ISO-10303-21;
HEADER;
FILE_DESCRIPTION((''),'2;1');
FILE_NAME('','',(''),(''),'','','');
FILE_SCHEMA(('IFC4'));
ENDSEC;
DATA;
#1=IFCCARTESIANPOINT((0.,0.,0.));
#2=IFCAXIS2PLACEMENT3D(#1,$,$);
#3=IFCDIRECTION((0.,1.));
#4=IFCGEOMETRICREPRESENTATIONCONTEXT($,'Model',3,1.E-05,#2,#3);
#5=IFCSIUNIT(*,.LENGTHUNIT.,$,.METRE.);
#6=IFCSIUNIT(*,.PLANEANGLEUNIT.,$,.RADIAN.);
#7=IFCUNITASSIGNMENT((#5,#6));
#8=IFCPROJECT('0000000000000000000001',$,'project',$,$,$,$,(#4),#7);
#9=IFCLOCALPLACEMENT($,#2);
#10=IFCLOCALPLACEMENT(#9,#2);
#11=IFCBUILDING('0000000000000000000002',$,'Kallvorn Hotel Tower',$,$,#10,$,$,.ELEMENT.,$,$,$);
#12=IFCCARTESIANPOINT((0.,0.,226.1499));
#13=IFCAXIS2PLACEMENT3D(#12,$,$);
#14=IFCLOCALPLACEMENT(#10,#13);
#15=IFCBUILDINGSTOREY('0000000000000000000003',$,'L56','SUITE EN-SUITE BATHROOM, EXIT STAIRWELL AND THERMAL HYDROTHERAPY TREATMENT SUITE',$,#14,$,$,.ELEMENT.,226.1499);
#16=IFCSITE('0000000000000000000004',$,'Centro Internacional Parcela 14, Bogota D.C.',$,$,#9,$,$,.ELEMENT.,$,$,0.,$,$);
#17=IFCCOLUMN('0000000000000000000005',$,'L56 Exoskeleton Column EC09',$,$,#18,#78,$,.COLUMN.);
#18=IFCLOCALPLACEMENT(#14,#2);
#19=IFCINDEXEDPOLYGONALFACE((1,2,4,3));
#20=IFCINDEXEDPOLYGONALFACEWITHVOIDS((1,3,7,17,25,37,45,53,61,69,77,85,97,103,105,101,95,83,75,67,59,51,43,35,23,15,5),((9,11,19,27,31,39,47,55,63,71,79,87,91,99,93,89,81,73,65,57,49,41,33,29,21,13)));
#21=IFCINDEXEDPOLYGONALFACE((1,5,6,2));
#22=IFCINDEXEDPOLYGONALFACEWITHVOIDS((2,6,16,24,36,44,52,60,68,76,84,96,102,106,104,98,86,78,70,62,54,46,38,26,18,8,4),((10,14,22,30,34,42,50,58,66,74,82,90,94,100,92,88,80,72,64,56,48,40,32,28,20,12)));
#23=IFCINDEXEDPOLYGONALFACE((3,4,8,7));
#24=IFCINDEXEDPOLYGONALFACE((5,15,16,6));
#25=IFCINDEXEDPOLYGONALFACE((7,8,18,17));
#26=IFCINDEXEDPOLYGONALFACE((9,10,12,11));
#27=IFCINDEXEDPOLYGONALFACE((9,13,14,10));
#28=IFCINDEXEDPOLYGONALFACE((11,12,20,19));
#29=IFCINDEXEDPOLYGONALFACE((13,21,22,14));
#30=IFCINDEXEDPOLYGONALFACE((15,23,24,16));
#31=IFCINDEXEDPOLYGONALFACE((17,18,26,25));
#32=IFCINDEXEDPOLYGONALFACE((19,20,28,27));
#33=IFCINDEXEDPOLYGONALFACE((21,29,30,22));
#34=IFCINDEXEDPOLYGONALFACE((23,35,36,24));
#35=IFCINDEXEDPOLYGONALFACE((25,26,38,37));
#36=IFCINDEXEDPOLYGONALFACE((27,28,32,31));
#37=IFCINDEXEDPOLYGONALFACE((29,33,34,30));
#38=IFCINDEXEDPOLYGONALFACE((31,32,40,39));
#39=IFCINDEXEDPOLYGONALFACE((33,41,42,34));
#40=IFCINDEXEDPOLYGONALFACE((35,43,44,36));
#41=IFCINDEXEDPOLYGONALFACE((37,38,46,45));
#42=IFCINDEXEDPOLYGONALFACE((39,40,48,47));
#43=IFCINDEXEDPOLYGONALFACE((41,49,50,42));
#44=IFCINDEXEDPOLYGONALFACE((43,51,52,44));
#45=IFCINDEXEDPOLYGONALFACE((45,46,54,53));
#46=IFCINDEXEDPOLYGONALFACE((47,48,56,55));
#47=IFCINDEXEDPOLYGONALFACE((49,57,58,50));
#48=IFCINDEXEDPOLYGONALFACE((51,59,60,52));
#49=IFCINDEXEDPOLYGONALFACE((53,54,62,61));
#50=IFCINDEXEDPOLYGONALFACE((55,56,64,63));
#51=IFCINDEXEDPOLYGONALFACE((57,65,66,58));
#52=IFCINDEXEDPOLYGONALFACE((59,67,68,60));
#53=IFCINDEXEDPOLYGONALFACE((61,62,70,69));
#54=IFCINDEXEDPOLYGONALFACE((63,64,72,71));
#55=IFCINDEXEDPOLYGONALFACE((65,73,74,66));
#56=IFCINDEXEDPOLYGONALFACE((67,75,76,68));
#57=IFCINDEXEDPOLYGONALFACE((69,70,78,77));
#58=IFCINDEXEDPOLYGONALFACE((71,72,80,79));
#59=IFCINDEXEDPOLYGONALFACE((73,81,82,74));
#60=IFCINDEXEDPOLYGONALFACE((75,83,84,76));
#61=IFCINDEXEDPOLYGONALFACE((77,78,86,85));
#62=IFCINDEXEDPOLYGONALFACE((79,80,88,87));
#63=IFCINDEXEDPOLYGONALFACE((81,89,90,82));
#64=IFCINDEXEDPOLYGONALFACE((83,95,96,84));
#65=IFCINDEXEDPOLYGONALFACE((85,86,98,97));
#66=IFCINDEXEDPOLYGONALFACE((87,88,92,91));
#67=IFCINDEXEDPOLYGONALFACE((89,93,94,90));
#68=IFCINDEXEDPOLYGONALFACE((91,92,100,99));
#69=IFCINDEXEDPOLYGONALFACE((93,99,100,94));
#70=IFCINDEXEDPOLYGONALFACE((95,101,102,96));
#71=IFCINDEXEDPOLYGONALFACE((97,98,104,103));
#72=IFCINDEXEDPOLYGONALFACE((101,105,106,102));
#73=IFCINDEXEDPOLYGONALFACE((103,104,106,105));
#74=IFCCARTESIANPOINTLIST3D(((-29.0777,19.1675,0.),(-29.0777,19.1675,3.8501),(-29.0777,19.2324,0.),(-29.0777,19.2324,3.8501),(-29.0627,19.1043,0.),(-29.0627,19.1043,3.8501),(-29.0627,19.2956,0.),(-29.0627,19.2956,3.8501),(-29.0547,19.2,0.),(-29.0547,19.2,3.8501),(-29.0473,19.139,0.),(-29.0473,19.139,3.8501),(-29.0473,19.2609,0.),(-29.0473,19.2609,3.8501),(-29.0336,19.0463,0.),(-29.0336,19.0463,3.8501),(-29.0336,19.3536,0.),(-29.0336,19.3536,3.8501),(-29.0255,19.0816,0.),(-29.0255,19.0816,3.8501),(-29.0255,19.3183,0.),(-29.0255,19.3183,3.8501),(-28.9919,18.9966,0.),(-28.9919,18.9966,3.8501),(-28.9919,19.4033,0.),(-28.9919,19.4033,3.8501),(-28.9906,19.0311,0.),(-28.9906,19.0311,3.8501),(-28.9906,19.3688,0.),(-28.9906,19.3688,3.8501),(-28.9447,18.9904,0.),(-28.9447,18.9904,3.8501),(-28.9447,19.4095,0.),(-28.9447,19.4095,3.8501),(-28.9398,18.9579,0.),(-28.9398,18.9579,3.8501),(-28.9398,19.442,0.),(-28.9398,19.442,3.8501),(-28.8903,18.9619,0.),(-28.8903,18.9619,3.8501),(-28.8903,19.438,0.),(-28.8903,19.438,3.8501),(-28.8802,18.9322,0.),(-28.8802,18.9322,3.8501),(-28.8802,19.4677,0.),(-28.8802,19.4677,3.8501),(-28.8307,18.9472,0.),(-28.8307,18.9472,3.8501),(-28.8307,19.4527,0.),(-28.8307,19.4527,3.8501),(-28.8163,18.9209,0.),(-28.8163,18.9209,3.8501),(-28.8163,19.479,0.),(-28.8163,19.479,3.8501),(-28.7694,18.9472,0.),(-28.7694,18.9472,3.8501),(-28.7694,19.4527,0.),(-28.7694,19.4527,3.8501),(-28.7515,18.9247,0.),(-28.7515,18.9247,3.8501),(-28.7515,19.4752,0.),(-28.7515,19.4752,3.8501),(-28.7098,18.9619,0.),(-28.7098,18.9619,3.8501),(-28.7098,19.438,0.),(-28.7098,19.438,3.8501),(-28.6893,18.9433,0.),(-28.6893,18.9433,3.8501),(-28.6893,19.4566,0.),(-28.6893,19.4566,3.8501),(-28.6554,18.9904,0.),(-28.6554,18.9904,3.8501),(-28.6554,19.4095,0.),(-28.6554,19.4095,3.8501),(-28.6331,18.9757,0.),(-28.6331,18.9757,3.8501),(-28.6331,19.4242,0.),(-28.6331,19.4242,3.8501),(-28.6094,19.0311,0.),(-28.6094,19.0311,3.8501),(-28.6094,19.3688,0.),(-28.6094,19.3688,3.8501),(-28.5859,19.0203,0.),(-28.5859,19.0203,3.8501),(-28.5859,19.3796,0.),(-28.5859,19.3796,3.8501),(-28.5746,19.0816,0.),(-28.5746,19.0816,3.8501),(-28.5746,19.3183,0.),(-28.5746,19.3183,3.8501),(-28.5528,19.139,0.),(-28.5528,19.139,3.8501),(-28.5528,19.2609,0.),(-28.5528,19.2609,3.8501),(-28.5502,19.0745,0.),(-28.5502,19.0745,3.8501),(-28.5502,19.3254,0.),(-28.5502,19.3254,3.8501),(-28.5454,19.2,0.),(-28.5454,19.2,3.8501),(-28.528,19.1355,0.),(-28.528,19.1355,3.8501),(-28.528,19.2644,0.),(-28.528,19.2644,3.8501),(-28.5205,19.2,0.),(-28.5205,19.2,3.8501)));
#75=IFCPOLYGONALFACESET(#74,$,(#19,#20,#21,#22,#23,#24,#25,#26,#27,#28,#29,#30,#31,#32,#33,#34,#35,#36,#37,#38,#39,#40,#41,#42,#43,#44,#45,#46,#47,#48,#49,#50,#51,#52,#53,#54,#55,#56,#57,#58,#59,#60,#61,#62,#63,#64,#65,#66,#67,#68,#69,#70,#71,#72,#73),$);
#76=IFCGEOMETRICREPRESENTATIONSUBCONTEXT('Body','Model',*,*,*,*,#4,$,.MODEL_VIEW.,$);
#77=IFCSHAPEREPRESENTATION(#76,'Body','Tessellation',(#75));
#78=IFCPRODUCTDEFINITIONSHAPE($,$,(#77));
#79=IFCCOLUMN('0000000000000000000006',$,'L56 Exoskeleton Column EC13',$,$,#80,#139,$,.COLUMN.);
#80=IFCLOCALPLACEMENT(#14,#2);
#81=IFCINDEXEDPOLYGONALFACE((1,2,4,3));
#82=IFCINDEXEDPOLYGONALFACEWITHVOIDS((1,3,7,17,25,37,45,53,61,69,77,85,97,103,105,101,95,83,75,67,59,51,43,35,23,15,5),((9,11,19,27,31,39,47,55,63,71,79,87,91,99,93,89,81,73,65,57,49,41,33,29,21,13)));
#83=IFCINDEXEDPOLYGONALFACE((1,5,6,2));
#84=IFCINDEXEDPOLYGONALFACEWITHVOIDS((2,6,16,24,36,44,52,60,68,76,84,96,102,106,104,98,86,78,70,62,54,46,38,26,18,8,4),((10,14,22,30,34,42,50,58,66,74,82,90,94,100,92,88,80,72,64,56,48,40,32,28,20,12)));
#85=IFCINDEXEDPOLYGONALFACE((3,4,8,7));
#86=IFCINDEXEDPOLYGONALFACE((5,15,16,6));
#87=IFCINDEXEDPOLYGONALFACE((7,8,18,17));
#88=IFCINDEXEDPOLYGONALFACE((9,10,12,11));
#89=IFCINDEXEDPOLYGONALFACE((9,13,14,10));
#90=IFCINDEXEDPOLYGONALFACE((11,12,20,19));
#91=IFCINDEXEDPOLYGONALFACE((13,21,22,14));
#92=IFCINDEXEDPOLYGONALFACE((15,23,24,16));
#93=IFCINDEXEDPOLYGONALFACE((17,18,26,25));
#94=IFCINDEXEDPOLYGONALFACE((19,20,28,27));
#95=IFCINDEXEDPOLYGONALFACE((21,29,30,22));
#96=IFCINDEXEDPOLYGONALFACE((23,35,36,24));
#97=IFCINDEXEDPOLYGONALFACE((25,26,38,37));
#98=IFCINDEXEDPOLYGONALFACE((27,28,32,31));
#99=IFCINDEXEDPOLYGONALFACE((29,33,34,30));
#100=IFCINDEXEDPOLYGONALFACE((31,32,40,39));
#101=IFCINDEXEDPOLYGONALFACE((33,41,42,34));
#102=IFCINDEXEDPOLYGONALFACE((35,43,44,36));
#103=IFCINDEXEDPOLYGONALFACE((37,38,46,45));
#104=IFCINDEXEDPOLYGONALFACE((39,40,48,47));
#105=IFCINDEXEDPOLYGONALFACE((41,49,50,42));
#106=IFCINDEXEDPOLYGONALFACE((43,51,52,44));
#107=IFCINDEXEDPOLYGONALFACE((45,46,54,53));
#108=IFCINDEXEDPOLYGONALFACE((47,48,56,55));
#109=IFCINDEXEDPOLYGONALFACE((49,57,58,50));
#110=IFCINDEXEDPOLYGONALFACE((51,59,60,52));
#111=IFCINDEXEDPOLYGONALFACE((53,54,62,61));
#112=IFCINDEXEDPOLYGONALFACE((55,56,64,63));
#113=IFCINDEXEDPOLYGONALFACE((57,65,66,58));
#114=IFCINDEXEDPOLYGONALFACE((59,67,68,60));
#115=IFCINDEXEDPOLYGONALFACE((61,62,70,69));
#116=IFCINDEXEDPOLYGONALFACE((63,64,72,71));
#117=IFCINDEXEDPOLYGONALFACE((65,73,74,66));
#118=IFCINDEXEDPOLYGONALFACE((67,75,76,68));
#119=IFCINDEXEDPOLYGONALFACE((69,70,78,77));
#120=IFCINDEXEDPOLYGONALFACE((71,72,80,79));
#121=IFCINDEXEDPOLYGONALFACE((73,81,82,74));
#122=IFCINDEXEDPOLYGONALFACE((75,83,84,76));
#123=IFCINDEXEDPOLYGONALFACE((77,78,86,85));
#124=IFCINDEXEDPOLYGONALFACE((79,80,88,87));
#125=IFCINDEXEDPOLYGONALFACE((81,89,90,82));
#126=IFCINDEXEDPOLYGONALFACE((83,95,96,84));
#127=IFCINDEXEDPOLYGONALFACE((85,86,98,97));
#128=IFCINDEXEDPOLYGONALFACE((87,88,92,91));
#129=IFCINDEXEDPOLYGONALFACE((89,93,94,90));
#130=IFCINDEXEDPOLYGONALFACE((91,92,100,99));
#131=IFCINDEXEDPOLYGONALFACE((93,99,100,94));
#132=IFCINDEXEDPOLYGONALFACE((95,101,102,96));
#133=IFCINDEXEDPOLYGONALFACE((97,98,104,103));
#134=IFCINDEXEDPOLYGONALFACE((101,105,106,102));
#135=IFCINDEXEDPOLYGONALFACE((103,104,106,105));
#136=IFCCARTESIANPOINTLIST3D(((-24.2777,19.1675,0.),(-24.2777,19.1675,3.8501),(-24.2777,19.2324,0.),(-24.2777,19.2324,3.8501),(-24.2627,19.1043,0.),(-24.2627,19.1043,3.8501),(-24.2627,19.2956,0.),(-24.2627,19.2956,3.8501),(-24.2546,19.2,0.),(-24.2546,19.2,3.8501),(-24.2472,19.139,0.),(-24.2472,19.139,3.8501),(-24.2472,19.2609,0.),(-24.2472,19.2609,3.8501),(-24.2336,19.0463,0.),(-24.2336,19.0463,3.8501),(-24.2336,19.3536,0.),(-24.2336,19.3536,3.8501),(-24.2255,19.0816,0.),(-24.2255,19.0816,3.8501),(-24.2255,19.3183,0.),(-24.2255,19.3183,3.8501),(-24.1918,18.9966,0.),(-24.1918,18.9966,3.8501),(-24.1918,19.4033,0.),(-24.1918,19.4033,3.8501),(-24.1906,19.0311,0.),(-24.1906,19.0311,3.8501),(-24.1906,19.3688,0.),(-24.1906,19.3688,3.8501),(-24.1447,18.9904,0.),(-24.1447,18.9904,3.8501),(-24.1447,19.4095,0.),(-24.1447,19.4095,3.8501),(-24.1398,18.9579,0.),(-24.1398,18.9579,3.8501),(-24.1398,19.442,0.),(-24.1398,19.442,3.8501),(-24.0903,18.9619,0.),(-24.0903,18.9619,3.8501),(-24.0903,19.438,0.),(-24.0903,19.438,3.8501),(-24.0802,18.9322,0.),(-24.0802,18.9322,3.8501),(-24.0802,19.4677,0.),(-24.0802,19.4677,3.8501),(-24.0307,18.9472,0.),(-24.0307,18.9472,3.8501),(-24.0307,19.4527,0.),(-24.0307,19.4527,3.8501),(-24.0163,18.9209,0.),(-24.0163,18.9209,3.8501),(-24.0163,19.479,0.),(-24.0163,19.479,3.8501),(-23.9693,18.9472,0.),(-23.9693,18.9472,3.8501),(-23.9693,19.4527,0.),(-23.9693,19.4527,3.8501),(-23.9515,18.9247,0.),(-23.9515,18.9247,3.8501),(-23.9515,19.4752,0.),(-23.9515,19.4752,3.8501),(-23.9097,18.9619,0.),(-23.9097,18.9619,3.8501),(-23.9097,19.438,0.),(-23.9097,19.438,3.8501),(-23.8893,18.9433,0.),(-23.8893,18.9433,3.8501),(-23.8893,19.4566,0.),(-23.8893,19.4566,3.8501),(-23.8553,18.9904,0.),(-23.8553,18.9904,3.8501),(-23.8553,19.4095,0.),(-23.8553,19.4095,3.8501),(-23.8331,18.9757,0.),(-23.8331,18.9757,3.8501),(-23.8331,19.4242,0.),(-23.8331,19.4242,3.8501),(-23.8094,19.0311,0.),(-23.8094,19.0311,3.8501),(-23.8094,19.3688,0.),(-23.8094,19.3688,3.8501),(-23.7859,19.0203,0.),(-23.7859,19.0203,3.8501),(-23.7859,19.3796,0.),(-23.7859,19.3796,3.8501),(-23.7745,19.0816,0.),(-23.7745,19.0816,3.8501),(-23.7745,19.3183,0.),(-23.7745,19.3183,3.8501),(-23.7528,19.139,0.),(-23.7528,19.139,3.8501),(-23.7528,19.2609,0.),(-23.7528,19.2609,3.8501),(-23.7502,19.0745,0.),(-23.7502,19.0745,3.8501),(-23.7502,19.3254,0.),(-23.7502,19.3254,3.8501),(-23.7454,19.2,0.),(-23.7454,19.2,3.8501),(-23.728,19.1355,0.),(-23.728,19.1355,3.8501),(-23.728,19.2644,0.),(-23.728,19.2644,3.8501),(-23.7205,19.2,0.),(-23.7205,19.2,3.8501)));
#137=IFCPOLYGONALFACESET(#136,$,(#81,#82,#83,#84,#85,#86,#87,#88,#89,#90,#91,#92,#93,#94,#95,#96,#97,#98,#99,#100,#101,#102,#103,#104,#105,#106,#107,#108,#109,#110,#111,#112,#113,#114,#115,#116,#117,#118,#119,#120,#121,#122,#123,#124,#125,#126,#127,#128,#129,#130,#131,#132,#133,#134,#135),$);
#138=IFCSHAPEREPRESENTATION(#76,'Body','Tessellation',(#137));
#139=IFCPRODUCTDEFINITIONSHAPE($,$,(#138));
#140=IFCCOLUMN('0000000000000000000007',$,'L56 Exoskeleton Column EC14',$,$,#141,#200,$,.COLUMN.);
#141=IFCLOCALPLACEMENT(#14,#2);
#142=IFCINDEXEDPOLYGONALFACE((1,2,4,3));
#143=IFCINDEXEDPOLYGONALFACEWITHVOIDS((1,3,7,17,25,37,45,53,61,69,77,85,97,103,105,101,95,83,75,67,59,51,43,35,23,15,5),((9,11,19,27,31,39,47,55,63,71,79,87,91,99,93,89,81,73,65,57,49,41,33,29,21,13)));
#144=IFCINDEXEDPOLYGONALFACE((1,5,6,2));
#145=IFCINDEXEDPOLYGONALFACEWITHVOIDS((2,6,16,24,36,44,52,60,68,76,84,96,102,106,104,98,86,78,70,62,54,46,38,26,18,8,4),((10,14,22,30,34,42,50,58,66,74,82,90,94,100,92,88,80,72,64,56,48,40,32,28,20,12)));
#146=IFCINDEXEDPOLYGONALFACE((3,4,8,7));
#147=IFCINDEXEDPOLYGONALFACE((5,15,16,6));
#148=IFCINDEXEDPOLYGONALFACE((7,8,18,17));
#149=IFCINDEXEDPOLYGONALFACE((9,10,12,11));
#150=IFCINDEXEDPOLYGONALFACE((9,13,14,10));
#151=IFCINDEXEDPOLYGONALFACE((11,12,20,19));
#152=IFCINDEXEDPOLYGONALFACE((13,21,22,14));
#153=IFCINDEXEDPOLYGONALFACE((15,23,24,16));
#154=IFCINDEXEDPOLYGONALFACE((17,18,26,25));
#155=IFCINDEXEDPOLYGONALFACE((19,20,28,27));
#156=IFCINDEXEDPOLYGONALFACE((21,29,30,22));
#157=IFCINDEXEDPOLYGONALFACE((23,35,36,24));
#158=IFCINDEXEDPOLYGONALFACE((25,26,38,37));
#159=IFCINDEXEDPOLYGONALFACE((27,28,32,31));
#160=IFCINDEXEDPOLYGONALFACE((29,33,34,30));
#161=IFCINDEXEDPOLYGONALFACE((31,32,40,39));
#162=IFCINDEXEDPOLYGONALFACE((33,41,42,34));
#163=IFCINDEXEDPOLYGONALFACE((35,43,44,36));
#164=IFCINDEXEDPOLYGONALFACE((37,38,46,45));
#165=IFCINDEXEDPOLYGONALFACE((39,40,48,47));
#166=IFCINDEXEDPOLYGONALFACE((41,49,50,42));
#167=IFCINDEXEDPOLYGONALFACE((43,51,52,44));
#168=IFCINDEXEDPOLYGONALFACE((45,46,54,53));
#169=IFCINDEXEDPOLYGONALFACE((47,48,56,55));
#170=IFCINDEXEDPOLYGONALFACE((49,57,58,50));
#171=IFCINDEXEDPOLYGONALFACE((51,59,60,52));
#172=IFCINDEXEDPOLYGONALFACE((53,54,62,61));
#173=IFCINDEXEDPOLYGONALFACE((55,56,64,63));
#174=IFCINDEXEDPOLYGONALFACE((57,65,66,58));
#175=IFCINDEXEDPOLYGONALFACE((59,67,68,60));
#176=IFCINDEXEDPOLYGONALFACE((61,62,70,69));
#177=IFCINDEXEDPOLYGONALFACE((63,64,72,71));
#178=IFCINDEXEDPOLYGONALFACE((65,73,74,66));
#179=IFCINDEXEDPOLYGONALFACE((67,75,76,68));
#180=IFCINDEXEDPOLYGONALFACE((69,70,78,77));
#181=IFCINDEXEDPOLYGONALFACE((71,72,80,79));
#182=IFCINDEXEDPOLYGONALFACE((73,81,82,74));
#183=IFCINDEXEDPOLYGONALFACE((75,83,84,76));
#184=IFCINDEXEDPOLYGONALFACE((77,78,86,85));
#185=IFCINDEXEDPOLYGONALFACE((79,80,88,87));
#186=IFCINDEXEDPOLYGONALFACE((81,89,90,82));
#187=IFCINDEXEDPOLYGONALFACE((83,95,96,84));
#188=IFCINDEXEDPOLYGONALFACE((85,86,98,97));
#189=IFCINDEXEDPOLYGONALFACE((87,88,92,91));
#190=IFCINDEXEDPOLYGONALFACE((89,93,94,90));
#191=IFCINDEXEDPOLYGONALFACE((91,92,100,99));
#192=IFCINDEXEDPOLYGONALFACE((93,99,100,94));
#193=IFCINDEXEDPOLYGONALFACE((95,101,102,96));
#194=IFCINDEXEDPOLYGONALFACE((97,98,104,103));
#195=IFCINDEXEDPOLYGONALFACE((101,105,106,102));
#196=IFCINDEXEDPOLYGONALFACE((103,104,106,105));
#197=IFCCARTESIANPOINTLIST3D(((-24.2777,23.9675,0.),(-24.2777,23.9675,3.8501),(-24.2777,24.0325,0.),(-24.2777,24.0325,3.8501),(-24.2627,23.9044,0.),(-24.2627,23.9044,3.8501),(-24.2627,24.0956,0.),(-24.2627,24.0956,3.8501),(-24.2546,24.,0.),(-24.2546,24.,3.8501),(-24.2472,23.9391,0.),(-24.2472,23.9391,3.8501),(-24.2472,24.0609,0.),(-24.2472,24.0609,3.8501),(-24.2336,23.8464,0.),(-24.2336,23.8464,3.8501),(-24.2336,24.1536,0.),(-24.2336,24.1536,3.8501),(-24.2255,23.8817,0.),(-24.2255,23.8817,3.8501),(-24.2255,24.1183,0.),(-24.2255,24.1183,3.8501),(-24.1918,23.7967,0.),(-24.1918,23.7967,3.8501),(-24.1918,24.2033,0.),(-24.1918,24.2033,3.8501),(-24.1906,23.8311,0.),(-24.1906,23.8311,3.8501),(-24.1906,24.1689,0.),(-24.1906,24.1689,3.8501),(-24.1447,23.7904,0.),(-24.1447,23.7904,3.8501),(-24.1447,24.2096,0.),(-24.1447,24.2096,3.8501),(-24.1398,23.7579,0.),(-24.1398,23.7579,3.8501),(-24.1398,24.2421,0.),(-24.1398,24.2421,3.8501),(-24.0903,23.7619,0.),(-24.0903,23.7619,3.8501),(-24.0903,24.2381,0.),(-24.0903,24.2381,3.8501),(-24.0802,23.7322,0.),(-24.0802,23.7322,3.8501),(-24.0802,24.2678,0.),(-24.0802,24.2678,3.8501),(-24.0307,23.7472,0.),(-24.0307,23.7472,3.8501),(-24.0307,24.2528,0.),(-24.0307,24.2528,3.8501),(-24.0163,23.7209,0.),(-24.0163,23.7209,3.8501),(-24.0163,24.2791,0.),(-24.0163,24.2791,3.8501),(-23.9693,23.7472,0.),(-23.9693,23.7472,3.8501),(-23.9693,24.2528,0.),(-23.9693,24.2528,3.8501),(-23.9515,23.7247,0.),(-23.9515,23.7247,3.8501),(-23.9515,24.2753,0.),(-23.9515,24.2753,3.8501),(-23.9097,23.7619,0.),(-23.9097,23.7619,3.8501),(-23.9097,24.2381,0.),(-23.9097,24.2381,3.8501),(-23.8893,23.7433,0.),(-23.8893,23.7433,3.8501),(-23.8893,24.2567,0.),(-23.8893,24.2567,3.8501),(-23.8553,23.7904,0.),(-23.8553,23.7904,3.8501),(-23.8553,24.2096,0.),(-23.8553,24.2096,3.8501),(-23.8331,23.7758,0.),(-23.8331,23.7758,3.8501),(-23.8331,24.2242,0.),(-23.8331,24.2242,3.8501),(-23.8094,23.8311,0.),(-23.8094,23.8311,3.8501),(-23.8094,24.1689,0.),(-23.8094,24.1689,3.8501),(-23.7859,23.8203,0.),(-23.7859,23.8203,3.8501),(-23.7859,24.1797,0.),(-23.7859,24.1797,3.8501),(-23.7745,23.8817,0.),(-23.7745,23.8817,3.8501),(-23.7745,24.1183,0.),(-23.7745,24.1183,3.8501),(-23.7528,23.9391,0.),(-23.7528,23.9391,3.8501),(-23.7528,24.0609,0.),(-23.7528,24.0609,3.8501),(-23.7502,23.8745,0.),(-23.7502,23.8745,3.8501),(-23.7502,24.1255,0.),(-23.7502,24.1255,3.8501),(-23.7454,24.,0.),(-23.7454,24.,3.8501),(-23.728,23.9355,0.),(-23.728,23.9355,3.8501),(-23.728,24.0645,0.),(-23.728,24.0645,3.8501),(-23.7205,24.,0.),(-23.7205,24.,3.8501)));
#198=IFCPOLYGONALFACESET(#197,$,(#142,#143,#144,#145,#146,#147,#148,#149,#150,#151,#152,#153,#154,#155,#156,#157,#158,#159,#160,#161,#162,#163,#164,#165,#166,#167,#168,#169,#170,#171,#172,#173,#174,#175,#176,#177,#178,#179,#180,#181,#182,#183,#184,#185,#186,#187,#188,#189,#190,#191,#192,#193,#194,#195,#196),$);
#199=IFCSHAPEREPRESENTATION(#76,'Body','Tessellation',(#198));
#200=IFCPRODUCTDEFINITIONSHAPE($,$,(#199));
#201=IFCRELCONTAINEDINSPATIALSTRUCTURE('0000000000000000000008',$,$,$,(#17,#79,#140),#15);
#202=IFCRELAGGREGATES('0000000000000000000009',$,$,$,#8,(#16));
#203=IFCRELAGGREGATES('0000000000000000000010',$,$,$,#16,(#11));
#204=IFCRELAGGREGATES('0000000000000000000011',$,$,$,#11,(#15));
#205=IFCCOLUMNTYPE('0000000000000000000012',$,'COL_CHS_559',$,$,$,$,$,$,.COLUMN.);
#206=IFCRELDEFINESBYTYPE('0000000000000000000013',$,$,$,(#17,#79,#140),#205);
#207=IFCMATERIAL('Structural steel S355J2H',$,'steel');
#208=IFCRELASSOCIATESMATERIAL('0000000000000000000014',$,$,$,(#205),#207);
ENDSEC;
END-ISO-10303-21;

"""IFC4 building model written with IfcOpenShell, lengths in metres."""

from ifc_helpers import new_model, si_unit, direction, frame, origin, origin_2d, place, context, subcontext, project, spatial, hollow_circle, extrude, material, material_profile, profile_set, type_object, element, save


model = new_model("IFC4")

# Units and contexts
model_context = context("Model", 3, precision=1e-05, world=origin(), true_north=direction((0.0, 1.0)))
body_context = subcontext(model_context, "Body", "Model", "MODEL_VIEW")
ifc_project = project(units=[si_unit("LENGTHUNIT", "METRE"), si_unit("PLANEANGLEUNIT", "RADIAN")], contexts=[model_context])

# Site, building, storey
site_placement = place(None, origin())
site = spatial("IfcSite", under=ifc_project, at=site_placement, Name="Centro Internacional Parcela 14, Bogota D.C.", CompositionType="ELEMENT", RefElevation=0.0)
building_placement = place(site_placement, origin())
building = spatial("IfcBuilding", under=site, at=building_placement, Name="Kallvorn Hotel Tower", CompositionType="ELEMENT")
storey_placement = place(building_placement, frame((0.0, 0.0, 226.1499)))
storey = spatial("IfcBuildingStorey", under=building, at=storey_placement, Name="L56", Description="SUITE EN-SUITE BATHROOM, EXIT STAIRWELL AND THERMAL HYDROTHERAPY TREATMENT SUITE", CompositionType="ELEMENT", Elevation=226.1499)

# Columns
ifc_material_1 = material(Name="Structural steel S355J2H", Category="steel")
ifc_material_profile_1 = material_profile(ifc_material_1, hollow_circle(Radius=0.2795, WallThickness=0.0249, at=origin_2d()), Name="CHS 559x25")
ifc_profile_set_1 = profile_set([ifc_material_profile_1], Name="Structural steel S355J2H")
column_type_1 = type_object("IfcColumnType", Name="COL_CHS_559", PredefinedType="COLUMN", material=ifc_profile_set_1)
for number, where, z_axis, x_axis, name in (
    (1, (-28.8, 19.2, 0.0), (0.0, 0.0, 1.0), (1.0, 0.0, 0.0), "L56 Exoskeleton Column EC09"),
    (2, (-24.0, 19.2, 0.0), (0.0, 0.0, 1.0), (1.0, 0.0, 0.0), "L56 Exoskeleton Column EC13"),
    (3, (-24.0, 24.0, 0.0), (0.0, 0.0, 1.0), (1.0, 0.0, 0.0), "L56 Exoskeleton Column EC14"),
):
    element("IfcColumn", number, at=place(storey_placement, frame(where, z_axis=z_axis, x_axis=x_axis)), inside=storey, type_object=column_type_1, Name=name, PredefinedType="COLUMN", context=body_context, shape_type="SweptSolid", body=[
        extrude(hollow_circle(Radius=0.2795, WallThickness=0.0249, at=origin_2d()), origin(), (0.0, 0.0, 1.0), 3.8501),
    ])

save(model, "model.ifc")
